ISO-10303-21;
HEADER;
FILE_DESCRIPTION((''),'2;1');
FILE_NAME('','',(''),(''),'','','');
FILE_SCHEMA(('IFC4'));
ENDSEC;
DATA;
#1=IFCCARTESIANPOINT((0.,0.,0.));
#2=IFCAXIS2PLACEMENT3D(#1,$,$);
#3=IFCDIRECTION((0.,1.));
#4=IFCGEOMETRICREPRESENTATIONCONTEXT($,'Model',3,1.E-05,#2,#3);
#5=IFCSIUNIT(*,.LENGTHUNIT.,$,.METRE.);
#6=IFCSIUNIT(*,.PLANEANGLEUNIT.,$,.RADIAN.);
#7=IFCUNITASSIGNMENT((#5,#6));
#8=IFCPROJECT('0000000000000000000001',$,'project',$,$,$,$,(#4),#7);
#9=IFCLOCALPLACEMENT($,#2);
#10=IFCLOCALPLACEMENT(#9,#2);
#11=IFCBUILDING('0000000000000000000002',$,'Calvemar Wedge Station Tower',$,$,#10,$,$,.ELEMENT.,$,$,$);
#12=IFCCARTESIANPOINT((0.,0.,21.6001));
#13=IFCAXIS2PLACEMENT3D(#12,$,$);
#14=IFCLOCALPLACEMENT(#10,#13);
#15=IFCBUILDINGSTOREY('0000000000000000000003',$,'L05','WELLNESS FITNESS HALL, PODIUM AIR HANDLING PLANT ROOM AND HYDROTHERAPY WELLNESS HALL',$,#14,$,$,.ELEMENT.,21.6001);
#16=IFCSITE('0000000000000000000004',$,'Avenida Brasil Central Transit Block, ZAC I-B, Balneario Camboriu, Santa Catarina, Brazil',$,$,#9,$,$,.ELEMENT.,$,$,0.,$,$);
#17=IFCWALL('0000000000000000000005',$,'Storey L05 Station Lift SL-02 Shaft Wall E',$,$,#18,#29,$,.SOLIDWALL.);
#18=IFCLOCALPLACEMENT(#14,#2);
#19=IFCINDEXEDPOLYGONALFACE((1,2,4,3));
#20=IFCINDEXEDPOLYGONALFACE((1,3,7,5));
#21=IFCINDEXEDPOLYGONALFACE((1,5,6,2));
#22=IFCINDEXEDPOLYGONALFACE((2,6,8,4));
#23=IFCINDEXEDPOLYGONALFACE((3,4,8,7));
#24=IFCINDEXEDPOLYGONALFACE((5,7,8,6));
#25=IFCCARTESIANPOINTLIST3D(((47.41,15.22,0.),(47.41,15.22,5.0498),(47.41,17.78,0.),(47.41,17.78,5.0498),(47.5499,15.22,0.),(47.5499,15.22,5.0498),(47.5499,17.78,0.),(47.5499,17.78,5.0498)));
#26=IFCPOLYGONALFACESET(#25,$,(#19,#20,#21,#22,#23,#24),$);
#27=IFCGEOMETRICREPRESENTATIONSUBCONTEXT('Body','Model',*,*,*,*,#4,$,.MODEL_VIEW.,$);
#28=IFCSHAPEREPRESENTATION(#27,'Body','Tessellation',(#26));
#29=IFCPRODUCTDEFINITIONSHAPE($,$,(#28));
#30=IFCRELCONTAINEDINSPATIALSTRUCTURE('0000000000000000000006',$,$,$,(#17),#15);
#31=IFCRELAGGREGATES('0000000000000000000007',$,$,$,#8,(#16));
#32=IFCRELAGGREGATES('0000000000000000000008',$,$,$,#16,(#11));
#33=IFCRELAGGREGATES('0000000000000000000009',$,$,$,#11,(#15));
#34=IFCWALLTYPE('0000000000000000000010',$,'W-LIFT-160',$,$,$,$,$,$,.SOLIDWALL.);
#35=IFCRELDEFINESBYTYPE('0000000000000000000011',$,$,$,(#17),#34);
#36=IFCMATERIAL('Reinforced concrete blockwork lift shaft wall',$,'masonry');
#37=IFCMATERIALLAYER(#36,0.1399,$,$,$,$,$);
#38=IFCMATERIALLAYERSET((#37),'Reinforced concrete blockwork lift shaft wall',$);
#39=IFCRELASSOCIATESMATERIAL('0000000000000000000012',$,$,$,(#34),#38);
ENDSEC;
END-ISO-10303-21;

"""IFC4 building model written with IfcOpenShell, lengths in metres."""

from ifc_helpers import new_model, si_unit, direction, frame, frame_2d, origin, place, context, subcontext, project, spatial, rectangle, extrude, material, layer, layer_set, type_object, element, save


model = new_model("IFC4")

# Units and contexts
model_context = context("Model", 3, precision=1e-05, world=origin(), true_north=direction((0.0, 1.0)))
body_context = subcontext(model_context, "Body", "Model", "MODEL_VIEW")
ifc_project = project(units=[si_unit("LENGTHUNIT", "METRE"), si_unit("PLANEANGLEUNIT", "RADIAN")], contexts=[model_context])

# Site, building, storey
site_placement = place(None, origin())
site = spatial("IfcSite", under=ifc_project, at=site_placement, Name="Avenida Brasil Central Transit Block, ZAC I-B, Balneario Camboriu, Santa Catarina, Brazil", CompositionType="ELEMENT", RefElevation=0.0)
building_placement = place(site_placement, origin())
building = spatial("IfcBuilding", under=site, at=building_placement, Name="Calvemar Wedge Station Tower", CompositionType="ELEMENT")
storey_placement = place(building_placement, frame((0.0, 0.0, 21.6001)))
storey = spatial("IfcBuildingStorey", under=building, at=storey_placement, Name="L05", Description="WELLNESS FITNESS HALL, PODIUM AIR HANDLING PLANT ROOM AND HYDROTHERAPY WELLNESS HALL", CompositionType="ELEMENT", Elevation=21.6001)

# Shared definitions
ifc_material_1 = material(Name="Reinforced concrete blockwork lift shaft wall", Category="masonry")
ifc_layer_1 = layer(ifc_material_1, 0.1399)
ifc_layer_set_1 = layer_set([ifc_layer_1], Name="Reinforced concrete blockwork lift shaft wall")
wall_type = type_object("IfcWallType", Name="W-LIFT-160", PredefinedType="SOLIDWALL", material=ifc_layer_set_1)

# Wall
for number, where, z_axis, x_axis, name in (
    (1, (47.48, 15.22, 0.0), (0.0, 0.0, 1.0), (0.0, 1.0, 0.0), "Storey L05 Station Lift SL-02 Shaft Wall E"),
):
    element("IfcWall", number, at=place(storey_placement, frame(where, z_axis=z_axis, x_axis=x_axis)), inside=storey, type_object=wall_type, Name=name, PredefinedType="SOLIDWALL", context=body_context, shape_type="SweptSolid", body=[
        extrude(rectangle(XDim=2.5601, YDim=0.1399, at=frame_2d((1.28, 0.0))), origin(), (0.0, 0.0, 1.0), 5.0498),
    ])

save(model, "model.ifc")
